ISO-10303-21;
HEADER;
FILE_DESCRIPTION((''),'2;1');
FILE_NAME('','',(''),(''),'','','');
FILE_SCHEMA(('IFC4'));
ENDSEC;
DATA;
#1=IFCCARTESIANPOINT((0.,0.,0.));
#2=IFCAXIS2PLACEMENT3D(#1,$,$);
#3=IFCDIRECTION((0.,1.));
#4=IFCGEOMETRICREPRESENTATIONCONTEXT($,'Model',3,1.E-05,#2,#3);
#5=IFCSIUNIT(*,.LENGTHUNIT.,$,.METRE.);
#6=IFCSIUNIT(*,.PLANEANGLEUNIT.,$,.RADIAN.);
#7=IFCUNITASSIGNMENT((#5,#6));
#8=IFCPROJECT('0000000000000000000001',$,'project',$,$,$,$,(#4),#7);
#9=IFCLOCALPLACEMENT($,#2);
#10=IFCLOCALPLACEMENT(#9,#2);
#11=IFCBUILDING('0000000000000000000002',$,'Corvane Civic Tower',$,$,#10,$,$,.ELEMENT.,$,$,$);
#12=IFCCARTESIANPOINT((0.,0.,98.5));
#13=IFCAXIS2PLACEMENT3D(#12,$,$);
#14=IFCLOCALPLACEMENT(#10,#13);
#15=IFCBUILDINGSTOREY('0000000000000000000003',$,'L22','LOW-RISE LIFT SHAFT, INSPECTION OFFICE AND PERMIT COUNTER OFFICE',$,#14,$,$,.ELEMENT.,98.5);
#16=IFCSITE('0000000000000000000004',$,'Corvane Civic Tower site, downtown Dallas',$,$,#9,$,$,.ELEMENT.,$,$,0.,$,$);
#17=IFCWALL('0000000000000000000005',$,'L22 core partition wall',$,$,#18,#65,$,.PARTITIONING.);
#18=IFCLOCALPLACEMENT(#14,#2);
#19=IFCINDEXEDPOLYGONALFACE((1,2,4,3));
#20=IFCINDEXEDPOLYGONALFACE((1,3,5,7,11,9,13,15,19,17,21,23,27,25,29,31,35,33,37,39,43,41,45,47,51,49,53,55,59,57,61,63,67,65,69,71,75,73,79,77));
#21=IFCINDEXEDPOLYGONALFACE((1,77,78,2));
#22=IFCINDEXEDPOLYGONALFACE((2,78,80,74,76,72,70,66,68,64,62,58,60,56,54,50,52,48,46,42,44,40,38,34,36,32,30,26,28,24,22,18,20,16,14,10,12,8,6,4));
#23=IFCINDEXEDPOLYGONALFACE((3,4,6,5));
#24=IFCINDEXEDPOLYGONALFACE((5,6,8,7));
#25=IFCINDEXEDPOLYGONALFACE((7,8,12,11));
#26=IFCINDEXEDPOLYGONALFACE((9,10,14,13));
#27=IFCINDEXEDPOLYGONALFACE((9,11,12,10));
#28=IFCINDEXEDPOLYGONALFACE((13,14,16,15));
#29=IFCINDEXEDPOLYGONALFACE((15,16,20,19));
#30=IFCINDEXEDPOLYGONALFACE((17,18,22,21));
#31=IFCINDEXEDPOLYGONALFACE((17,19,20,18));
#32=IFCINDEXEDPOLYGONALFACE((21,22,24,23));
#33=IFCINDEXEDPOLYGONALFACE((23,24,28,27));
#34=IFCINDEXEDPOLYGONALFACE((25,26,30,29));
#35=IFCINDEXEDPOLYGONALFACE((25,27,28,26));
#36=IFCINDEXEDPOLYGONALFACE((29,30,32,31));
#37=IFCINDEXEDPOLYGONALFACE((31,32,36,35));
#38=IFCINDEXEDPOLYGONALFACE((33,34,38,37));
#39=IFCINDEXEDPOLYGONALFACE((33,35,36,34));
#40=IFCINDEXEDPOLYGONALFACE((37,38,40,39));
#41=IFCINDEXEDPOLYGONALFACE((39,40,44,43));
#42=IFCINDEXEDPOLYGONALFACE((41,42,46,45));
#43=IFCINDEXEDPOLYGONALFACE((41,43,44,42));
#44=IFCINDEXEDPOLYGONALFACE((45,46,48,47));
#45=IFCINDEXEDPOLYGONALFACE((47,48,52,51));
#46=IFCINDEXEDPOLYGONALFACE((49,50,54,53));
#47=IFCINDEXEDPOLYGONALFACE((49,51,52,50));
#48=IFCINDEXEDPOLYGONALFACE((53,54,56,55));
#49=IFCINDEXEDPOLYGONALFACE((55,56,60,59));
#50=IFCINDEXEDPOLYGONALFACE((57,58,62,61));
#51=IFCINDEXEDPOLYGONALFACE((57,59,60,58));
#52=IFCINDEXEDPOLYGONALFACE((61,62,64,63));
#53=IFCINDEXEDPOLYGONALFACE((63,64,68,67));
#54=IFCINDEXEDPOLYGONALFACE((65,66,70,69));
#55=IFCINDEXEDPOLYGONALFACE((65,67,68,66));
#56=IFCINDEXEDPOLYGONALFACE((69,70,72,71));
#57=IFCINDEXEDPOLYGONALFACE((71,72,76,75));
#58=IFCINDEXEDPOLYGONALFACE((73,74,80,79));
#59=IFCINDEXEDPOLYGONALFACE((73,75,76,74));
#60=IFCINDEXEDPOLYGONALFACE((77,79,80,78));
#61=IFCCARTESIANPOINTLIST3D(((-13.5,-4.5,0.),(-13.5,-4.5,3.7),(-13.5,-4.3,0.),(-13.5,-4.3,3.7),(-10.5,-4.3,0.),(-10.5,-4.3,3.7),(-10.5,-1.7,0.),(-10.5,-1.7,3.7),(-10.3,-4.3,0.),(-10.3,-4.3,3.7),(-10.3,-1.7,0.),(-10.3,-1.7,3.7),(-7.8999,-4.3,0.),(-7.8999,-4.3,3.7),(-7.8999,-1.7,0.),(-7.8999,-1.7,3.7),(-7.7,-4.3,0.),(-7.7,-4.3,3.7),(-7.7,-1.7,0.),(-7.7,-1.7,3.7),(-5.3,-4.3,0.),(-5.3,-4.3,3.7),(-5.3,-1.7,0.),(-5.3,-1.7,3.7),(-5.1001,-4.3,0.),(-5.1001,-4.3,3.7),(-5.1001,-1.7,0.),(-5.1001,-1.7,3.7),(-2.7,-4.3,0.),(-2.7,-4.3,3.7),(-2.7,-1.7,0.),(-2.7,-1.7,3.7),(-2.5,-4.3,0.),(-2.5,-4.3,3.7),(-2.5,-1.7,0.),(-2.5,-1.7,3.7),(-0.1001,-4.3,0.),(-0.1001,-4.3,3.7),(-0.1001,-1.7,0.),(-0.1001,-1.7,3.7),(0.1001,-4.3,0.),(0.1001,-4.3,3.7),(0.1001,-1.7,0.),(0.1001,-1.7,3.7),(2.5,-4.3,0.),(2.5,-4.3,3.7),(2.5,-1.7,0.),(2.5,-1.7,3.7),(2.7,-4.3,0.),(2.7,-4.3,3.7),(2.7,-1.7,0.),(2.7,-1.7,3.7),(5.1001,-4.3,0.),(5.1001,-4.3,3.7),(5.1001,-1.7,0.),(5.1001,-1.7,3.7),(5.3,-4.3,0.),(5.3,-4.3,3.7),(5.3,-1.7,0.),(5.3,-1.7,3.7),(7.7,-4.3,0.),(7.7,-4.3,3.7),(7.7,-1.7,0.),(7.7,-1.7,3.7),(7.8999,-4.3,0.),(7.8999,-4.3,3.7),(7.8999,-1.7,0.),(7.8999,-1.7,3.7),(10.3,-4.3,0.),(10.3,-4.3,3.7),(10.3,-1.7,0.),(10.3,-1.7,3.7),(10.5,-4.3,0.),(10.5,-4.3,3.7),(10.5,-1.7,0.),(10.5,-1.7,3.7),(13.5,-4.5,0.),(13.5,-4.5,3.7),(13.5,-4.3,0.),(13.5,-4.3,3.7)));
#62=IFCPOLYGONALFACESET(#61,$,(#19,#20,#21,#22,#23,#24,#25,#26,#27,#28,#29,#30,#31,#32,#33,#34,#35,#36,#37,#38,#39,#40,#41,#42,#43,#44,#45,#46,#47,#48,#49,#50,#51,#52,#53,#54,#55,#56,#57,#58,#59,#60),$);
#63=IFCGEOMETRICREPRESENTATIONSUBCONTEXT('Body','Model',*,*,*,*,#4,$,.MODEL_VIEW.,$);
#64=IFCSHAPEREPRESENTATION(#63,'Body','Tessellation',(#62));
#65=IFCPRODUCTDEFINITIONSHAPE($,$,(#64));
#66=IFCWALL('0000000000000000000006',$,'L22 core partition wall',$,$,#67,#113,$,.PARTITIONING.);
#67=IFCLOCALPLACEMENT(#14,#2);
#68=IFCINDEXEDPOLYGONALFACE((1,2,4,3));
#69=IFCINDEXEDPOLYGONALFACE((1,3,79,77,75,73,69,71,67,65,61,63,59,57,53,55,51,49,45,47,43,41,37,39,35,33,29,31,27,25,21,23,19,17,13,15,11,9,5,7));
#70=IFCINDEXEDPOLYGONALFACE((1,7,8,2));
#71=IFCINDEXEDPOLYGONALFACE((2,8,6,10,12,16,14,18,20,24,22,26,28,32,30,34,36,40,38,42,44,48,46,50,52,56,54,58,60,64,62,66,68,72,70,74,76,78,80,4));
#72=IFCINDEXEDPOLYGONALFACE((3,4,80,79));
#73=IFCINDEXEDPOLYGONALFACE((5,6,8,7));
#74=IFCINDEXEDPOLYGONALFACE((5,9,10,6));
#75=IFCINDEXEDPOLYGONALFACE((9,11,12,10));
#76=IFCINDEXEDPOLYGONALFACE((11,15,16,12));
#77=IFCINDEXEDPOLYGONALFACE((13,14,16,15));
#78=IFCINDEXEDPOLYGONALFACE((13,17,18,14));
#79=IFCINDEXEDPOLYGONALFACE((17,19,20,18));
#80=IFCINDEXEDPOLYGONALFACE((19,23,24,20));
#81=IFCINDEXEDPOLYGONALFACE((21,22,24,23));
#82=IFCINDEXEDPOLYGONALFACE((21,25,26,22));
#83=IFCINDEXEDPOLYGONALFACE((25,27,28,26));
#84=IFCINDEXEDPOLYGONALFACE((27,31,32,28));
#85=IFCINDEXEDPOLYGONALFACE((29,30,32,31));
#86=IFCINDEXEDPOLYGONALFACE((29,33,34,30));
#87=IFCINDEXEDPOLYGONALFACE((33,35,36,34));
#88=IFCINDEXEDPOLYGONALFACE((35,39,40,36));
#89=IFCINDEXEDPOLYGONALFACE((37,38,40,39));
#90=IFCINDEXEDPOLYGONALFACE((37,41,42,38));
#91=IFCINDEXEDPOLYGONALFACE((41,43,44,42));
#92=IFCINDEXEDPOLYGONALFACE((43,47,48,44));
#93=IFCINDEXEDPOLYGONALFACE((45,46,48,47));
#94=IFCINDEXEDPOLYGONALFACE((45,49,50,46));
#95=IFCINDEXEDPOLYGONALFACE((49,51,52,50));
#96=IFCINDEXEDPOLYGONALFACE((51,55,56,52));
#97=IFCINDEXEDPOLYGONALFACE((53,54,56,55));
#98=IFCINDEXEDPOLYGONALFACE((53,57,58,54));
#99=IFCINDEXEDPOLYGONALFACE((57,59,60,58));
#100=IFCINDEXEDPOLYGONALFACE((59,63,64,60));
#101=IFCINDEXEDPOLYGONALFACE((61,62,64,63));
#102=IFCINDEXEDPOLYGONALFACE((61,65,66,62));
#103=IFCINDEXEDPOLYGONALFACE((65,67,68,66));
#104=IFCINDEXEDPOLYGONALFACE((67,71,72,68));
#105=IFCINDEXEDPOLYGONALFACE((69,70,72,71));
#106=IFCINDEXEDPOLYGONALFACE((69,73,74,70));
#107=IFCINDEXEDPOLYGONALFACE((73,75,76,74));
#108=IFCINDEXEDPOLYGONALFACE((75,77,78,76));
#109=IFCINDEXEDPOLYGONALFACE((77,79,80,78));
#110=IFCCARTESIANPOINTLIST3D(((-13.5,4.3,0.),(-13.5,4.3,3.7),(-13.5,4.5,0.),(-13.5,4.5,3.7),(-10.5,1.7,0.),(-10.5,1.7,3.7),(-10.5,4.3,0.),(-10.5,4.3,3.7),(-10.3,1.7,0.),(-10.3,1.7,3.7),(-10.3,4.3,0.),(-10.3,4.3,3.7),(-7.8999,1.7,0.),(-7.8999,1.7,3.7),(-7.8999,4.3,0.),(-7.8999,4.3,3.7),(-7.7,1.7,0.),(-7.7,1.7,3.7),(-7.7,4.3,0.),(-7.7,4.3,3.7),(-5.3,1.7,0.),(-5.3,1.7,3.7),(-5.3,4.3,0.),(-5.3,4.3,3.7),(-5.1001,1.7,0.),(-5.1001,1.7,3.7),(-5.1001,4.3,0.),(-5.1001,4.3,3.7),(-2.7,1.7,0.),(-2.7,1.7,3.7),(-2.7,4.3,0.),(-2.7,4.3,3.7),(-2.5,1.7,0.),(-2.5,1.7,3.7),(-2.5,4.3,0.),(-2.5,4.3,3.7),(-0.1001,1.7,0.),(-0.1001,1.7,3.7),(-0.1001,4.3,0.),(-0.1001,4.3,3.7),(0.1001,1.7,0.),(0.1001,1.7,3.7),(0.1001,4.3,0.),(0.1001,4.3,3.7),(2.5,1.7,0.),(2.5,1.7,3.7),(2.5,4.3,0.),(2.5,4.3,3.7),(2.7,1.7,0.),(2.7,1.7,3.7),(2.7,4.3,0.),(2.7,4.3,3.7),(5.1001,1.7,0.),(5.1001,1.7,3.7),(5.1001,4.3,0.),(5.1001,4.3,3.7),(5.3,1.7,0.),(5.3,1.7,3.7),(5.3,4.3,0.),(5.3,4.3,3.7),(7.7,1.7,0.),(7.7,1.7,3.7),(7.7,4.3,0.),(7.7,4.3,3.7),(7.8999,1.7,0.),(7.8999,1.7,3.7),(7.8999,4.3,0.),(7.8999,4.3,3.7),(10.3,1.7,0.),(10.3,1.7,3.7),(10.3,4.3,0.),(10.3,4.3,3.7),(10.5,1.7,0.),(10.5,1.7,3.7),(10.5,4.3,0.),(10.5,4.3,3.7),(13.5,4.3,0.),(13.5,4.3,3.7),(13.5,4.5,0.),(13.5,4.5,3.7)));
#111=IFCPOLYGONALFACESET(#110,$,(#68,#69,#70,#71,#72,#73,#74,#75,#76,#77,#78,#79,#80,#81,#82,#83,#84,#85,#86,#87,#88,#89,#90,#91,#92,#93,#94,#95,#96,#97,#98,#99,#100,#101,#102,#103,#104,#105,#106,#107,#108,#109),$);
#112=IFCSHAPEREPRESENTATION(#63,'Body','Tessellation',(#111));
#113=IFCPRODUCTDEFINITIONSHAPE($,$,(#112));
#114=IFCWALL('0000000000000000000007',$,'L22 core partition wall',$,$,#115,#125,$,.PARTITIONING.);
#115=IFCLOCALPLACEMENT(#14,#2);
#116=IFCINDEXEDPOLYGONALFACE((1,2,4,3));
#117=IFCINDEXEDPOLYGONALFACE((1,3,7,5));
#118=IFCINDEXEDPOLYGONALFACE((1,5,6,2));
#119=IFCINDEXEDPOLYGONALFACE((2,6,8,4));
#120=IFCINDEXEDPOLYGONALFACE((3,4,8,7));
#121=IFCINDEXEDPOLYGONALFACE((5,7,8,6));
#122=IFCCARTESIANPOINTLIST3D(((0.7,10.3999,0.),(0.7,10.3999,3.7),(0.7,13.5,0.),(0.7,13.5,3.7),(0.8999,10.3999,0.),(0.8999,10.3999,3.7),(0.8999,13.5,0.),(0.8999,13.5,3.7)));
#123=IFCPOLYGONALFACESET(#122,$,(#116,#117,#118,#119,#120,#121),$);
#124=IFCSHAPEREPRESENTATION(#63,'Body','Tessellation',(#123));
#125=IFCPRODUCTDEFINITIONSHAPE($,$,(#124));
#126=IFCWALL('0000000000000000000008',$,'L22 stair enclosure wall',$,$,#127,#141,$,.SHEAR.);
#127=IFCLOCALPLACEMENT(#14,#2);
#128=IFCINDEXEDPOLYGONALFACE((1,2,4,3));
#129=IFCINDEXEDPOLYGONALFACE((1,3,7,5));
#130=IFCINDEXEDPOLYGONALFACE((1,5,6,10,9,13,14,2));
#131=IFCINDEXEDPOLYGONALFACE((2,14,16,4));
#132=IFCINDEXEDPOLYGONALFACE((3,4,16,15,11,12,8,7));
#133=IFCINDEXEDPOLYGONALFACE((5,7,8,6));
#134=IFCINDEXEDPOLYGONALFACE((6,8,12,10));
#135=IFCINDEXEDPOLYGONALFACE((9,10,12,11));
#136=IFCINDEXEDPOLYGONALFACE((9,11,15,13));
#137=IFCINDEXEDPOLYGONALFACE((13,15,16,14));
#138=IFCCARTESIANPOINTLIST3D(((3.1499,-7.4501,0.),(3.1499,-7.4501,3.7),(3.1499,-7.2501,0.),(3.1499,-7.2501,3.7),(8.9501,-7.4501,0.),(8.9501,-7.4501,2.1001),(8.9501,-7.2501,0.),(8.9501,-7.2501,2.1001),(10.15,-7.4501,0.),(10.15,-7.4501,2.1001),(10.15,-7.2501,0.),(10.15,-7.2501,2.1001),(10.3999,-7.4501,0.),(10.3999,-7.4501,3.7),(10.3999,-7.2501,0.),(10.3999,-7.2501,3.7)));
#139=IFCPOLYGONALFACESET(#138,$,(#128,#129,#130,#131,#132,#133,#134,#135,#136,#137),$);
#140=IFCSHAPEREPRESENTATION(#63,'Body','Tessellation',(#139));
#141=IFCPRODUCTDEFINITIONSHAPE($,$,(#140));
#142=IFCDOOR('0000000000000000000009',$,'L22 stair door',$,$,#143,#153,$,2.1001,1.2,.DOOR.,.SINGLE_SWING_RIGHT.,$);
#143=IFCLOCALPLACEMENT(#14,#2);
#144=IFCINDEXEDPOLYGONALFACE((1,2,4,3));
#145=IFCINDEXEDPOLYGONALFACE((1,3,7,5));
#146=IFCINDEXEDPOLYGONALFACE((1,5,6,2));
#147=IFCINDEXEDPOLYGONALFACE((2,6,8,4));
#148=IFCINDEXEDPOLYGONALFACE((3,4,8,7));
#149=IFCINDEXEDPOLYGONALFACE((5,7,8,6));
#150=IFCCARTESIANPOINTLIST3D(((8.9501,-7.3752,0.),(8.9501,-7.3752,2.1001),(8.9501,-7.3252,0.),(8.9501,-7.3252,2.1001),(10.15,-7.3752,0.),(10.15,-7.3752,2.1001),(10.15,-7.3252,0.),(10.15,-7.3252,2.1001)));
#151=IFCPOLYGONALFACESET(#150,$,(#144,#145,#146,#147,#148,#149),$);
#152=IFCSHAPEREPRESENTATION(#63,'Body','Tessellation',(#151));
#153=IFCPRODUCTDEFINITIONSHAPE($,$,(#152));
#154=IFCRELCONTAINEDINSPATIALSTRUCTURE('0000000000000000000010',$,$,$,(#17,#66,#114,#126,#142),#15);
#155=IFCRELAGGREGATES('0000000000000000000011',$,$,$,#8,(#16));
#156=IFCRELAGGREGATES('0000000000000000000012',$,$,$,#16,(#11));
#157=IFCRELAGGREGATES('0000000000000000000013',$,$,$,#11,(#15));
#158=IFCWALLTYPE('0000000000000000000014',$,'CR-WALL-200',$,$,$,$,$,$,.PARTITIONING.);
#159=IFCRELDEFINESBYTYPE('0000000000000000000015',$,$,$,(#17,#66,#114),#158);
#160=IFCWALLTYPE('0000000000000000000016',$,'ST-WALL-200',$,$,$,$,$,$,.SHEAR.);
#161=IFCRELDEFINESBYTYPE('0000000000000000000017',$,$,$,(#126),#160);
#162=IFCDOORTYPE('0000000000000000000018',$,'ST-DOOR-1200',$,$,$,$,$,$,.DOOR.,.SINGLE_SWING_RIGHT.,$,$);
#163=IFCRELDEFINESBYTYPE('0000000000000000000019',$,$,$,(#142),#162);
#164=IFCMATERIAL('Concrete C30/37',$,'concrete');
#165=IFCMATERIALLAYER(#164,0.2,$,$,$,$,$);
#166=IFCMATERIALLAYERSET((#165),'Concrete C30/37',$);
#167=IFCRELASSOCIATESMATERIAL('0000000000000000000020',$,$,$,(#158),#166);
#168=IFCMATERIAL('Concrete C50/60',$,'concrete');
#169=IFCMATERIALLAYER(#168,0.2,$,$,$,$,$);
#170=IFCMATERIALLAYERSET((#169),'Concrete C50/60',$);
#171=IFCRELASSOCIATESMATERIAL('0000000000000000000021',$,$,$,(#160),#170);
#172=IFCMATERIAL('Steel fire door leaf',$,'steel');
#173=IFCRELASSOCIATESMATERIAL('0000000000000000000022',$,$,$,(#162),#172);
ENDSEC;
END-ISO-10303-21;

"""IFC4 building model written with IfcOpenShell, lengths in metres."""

from ifc_helpers import new_model, si_unit, direction, frame, frame_2d, origin, place, context, subcontext, project, spatial, polyline, rectangle, outline, extrude, material, layer, layer_set, type_object, element, fill, save


model = new_model("IFC4")

# Units and contexts
model_context = context("Model", 3, precision=1e-05, world=origin(), true_north=direction((0.0, 1.0)))
body_context = subcontext(model_context, "Body", "Model", "MODEL_VIEW")
ifc_project = project(units=[si_unit("LENGTHUNIT", "METRE"), si_unit("PLANEANGLEUNIT", "RADIAN")], contexts=[model_context])

# Site, building, storey
site_placement = place(None, origin())
site = spatial("IfcSite", under=ifc_project, at=site_placement, Name="Corvane Civic Tower site, downtown Dallas", CompositionType="ELEMENT", RefElevation=0.0)
building_placement = place(site_placement, origin())
building = spatial("IfcBuilding", under=site, at=building_placement, Name="Corvane Civic Tower", CompositionType="ELEMENT")
storey_placement = place(building_placement, frame((0.0, 0.0, 98.5)))
storey = spatial("IfcBuildingStorey", under=building, at=storey_placement, Name="L22", Description="LOW-RISE LIFT SHAFT, INSPECTION OFFICE AND PERMIT COUNTER OFFICE", CompositionType="ELEMENT", Elevation=98.5)

# Shared definitions
ifc_material_1 = material(Name="Concrete C30/37", Category="concrete")
ifc_layer_1 = layer(ifc_material_1, 0.2)
ifc_layer_set_1 = layer_set([ifc_layer_1], Name="Concrete C30/37")
wall_type_1 = type_object("IfcWallType", Name="CR-WALL-200", PredefinedType="PARTITIONING", material=ifc_layer_set_1)

# Walls
wall_1_placement = place(storey_placement, origin())
element("IfcWall", 1, at=wall_1_placement, inside=storey, type_object=wall_type_1, Name="L22 core partition wall", PredefinedType="PARTITIONING", context=body_context, shape_type="SweptSolid", body=[
    extrude(outline(polyline([(-10.5, -1.7), (-10.3, -1.7), (-10.3, -4.3), (-7.8999, -4.3), (-7.8999, -1.7), (-7.7, -1.7), (-7.7, -4.3), (-5.3, -4.3), (-5.3, -1.7), (-5.1001, -1.7), (-5.1001, -4.3), (-2.7, -4.3), (-2.7, -1.7), (-2.5, -1.7), (-2.5, -4.3), (-0.1001, -4.3), (-0.1001, -1.7), (0.1001, -1.7), (0.1001, -4.3), (2.5, -4.3), (2.5, -1.7), (2.7, -1.7), (2.7, -4.3), (5.1001, -4.3), (5.1001, -1.7), (5.3, -1.7), (5.3, -4.3), (7.7, -4.3), (7.7, -1.7), (7.8999, -1.7), (7.8999, -4.3), (10.3, -4.3), (10.3, -1.7), (10.5, -1.7), (10.5, -4.3), (13.5, -4.3), (13.5, -4.5), (-13.5, -4.5), (-13.5, -4.3), (-10.5, -4.3), (-10.5, -1.7)])), origin(), (0.0, 0.0, 1.0), 3.7),
])
wall_2_placement = place(storey_placement, origin())
element("IfcWall", 2, at=wall_2_placement, inside=storey, type_object=wall_type_1, Name="L22 core partition wall", PredefinedType="PARTITIONING", context=body_context, shape_type="SweptSolid", body=[
    extrude(outline(polyline([(-5.1001, 4.3), (-5.1001, 1.7), (-5.3, 1.7), (-5.3, 4.3), (-7.7, 4.3), (-7.7, 1.7), (-7.8999, 1.7), (-7.8999, 4.3), (-10.3, 4.3), (-10.3, 1.7), (-10.5, 1.7), (-10.5, 4.3), (-13.5, 4.3), (-13.5, 4.5), (13.5, 4.5), (13.5, 4.3), (10.5, 4.3), (10.5, 1.7), (10.3, 1.7), (10.3, 4.3), (7.8999, 4.3), (7.8999, 1.7), (7.7, 1.7), (7.7, 4.3), (5.3, 4.3), (5.3, 1.7), (5.1001, 1.7), (5.1001, 4.3), (2.7, 4.3), (2.7, 1.7), (2.5, 1.7), (2.5, 4.3), (0.1001, 4.3), (0.1001, 1.7), (-0.1001, 1.7), (-0.1001, 4.3), (-2.5, 4.3), (-2.5, 1.7), (-2.7, 1.7), (-2.7, 4.3), (-5.1001, 4.3)])), origin(), (0.0, 0.0, 1.0), 3.7),
])
wall_3_placement = place(storey_placement, origin())
element("IfcWall", 3, at=wall_3_placement, inside=storey, type_object=wall_type_1, Name="L22 core partition wall", PredefinedType="PARTITIONING", context=body_context, shape_type="SweptSolid", body=[
    extrude(outline(polyline([(0.8999, 10.3999), (0.7, 10.3999), (0.7, 13.5), (0.8999, 13.5), (0.8999, 10.3999)])), origin(), (0.0, 0.0, 1.0), 3.7),
])

# Wall, opening, door
ifc_material_2 = material(Name="Concrete C50/60", Category="concrete")
ifc_layer_2 = layer(ifc_material_2, 0.2)
ifc_layer_set_2 = layer_set([ifc_layer_2], Name="Concrete C50/60")
wall_type_2 = type_object("IfcWallType", Name="ST-WALL-200", PredefinedType="SHEAR", material=ifc_layer_set_2)
wall_4_placement = place(storey_placement, frame((3.1499, -7.3501, 0.0), z_axis=(0.0, 0.0, 1.0), x_axis=(1.0, 0.0, 0.0)))
wall_4 = element("IfcWall", 4, at=wall_4_placement, inside=storey, type_object=wall_type_2, Name="L22 stair enclosure wall", PredefinedType="SHEAR", context=body_context, shape_type="SweptSolid", body=[
    extrude(rectangle(XDim=7.25, YDim=0.2, at=frame_2d((3.625, 0.0))), origin(), (0.0, 0.0, 1.0), 3.7),
])
opening_1_placement = place(wall_4_placement, frame((5.8, 0.0, 0.0)))
opening_1 = element("IfcOpeningElement", 5, at=opening_1_placement, cuts=wall_4, PredefinedType="OPENING", context=body_context, shape_type="SweptSolid", body=[
    extrude(rectangle(XDim=1.2, YDim=2.1001, at=frame_2d((0.6001, 1.05))), frame((0.0, 0.1099, 0.0), z_axis=(0.0, -1.0, 0.0), x_axis=(1.0, 0.0, 0.0)), (0.0, 0.0, 1.0), 0.22),
])
ifc_material_3 = material(Name="Steel fire door leaf", Category="steel")
door_type_1 = type_object("IfcDoorType", Name="ST-DOOR-1200", OperationType="SINGLE_SWING_RIGHT", PredefinedType="DOOR", material=ifc_material_3)
door_1_placement = place(opening_1_placement, origin())
door_1 = element("IfcDoor", 6, at=door_1_placement, inside=storey, type_object=door_type_1, Name="L22 stair door", OperationType="SINGLE_SWING_RIGHT", OverallHeight=2.1001, OverallWidth=1.2, PredefinedType="DOOR", context=body_context, shape_type="SweptSolid", body=[
    extrude(rectangle(XDim=1.2, YDim=2.1001, at=frame_2d((0.6001, 1.05))), frame((0.0, 0.0249, 0.0), z_axis=(0.0, -1.0, 0.0), x_axis=(1.0, 0.0, 0.0)), (0.0, 0.0, 1.0), 0.05),
])
fill(opening_1, door_1)

save(model, "model.ifc")
